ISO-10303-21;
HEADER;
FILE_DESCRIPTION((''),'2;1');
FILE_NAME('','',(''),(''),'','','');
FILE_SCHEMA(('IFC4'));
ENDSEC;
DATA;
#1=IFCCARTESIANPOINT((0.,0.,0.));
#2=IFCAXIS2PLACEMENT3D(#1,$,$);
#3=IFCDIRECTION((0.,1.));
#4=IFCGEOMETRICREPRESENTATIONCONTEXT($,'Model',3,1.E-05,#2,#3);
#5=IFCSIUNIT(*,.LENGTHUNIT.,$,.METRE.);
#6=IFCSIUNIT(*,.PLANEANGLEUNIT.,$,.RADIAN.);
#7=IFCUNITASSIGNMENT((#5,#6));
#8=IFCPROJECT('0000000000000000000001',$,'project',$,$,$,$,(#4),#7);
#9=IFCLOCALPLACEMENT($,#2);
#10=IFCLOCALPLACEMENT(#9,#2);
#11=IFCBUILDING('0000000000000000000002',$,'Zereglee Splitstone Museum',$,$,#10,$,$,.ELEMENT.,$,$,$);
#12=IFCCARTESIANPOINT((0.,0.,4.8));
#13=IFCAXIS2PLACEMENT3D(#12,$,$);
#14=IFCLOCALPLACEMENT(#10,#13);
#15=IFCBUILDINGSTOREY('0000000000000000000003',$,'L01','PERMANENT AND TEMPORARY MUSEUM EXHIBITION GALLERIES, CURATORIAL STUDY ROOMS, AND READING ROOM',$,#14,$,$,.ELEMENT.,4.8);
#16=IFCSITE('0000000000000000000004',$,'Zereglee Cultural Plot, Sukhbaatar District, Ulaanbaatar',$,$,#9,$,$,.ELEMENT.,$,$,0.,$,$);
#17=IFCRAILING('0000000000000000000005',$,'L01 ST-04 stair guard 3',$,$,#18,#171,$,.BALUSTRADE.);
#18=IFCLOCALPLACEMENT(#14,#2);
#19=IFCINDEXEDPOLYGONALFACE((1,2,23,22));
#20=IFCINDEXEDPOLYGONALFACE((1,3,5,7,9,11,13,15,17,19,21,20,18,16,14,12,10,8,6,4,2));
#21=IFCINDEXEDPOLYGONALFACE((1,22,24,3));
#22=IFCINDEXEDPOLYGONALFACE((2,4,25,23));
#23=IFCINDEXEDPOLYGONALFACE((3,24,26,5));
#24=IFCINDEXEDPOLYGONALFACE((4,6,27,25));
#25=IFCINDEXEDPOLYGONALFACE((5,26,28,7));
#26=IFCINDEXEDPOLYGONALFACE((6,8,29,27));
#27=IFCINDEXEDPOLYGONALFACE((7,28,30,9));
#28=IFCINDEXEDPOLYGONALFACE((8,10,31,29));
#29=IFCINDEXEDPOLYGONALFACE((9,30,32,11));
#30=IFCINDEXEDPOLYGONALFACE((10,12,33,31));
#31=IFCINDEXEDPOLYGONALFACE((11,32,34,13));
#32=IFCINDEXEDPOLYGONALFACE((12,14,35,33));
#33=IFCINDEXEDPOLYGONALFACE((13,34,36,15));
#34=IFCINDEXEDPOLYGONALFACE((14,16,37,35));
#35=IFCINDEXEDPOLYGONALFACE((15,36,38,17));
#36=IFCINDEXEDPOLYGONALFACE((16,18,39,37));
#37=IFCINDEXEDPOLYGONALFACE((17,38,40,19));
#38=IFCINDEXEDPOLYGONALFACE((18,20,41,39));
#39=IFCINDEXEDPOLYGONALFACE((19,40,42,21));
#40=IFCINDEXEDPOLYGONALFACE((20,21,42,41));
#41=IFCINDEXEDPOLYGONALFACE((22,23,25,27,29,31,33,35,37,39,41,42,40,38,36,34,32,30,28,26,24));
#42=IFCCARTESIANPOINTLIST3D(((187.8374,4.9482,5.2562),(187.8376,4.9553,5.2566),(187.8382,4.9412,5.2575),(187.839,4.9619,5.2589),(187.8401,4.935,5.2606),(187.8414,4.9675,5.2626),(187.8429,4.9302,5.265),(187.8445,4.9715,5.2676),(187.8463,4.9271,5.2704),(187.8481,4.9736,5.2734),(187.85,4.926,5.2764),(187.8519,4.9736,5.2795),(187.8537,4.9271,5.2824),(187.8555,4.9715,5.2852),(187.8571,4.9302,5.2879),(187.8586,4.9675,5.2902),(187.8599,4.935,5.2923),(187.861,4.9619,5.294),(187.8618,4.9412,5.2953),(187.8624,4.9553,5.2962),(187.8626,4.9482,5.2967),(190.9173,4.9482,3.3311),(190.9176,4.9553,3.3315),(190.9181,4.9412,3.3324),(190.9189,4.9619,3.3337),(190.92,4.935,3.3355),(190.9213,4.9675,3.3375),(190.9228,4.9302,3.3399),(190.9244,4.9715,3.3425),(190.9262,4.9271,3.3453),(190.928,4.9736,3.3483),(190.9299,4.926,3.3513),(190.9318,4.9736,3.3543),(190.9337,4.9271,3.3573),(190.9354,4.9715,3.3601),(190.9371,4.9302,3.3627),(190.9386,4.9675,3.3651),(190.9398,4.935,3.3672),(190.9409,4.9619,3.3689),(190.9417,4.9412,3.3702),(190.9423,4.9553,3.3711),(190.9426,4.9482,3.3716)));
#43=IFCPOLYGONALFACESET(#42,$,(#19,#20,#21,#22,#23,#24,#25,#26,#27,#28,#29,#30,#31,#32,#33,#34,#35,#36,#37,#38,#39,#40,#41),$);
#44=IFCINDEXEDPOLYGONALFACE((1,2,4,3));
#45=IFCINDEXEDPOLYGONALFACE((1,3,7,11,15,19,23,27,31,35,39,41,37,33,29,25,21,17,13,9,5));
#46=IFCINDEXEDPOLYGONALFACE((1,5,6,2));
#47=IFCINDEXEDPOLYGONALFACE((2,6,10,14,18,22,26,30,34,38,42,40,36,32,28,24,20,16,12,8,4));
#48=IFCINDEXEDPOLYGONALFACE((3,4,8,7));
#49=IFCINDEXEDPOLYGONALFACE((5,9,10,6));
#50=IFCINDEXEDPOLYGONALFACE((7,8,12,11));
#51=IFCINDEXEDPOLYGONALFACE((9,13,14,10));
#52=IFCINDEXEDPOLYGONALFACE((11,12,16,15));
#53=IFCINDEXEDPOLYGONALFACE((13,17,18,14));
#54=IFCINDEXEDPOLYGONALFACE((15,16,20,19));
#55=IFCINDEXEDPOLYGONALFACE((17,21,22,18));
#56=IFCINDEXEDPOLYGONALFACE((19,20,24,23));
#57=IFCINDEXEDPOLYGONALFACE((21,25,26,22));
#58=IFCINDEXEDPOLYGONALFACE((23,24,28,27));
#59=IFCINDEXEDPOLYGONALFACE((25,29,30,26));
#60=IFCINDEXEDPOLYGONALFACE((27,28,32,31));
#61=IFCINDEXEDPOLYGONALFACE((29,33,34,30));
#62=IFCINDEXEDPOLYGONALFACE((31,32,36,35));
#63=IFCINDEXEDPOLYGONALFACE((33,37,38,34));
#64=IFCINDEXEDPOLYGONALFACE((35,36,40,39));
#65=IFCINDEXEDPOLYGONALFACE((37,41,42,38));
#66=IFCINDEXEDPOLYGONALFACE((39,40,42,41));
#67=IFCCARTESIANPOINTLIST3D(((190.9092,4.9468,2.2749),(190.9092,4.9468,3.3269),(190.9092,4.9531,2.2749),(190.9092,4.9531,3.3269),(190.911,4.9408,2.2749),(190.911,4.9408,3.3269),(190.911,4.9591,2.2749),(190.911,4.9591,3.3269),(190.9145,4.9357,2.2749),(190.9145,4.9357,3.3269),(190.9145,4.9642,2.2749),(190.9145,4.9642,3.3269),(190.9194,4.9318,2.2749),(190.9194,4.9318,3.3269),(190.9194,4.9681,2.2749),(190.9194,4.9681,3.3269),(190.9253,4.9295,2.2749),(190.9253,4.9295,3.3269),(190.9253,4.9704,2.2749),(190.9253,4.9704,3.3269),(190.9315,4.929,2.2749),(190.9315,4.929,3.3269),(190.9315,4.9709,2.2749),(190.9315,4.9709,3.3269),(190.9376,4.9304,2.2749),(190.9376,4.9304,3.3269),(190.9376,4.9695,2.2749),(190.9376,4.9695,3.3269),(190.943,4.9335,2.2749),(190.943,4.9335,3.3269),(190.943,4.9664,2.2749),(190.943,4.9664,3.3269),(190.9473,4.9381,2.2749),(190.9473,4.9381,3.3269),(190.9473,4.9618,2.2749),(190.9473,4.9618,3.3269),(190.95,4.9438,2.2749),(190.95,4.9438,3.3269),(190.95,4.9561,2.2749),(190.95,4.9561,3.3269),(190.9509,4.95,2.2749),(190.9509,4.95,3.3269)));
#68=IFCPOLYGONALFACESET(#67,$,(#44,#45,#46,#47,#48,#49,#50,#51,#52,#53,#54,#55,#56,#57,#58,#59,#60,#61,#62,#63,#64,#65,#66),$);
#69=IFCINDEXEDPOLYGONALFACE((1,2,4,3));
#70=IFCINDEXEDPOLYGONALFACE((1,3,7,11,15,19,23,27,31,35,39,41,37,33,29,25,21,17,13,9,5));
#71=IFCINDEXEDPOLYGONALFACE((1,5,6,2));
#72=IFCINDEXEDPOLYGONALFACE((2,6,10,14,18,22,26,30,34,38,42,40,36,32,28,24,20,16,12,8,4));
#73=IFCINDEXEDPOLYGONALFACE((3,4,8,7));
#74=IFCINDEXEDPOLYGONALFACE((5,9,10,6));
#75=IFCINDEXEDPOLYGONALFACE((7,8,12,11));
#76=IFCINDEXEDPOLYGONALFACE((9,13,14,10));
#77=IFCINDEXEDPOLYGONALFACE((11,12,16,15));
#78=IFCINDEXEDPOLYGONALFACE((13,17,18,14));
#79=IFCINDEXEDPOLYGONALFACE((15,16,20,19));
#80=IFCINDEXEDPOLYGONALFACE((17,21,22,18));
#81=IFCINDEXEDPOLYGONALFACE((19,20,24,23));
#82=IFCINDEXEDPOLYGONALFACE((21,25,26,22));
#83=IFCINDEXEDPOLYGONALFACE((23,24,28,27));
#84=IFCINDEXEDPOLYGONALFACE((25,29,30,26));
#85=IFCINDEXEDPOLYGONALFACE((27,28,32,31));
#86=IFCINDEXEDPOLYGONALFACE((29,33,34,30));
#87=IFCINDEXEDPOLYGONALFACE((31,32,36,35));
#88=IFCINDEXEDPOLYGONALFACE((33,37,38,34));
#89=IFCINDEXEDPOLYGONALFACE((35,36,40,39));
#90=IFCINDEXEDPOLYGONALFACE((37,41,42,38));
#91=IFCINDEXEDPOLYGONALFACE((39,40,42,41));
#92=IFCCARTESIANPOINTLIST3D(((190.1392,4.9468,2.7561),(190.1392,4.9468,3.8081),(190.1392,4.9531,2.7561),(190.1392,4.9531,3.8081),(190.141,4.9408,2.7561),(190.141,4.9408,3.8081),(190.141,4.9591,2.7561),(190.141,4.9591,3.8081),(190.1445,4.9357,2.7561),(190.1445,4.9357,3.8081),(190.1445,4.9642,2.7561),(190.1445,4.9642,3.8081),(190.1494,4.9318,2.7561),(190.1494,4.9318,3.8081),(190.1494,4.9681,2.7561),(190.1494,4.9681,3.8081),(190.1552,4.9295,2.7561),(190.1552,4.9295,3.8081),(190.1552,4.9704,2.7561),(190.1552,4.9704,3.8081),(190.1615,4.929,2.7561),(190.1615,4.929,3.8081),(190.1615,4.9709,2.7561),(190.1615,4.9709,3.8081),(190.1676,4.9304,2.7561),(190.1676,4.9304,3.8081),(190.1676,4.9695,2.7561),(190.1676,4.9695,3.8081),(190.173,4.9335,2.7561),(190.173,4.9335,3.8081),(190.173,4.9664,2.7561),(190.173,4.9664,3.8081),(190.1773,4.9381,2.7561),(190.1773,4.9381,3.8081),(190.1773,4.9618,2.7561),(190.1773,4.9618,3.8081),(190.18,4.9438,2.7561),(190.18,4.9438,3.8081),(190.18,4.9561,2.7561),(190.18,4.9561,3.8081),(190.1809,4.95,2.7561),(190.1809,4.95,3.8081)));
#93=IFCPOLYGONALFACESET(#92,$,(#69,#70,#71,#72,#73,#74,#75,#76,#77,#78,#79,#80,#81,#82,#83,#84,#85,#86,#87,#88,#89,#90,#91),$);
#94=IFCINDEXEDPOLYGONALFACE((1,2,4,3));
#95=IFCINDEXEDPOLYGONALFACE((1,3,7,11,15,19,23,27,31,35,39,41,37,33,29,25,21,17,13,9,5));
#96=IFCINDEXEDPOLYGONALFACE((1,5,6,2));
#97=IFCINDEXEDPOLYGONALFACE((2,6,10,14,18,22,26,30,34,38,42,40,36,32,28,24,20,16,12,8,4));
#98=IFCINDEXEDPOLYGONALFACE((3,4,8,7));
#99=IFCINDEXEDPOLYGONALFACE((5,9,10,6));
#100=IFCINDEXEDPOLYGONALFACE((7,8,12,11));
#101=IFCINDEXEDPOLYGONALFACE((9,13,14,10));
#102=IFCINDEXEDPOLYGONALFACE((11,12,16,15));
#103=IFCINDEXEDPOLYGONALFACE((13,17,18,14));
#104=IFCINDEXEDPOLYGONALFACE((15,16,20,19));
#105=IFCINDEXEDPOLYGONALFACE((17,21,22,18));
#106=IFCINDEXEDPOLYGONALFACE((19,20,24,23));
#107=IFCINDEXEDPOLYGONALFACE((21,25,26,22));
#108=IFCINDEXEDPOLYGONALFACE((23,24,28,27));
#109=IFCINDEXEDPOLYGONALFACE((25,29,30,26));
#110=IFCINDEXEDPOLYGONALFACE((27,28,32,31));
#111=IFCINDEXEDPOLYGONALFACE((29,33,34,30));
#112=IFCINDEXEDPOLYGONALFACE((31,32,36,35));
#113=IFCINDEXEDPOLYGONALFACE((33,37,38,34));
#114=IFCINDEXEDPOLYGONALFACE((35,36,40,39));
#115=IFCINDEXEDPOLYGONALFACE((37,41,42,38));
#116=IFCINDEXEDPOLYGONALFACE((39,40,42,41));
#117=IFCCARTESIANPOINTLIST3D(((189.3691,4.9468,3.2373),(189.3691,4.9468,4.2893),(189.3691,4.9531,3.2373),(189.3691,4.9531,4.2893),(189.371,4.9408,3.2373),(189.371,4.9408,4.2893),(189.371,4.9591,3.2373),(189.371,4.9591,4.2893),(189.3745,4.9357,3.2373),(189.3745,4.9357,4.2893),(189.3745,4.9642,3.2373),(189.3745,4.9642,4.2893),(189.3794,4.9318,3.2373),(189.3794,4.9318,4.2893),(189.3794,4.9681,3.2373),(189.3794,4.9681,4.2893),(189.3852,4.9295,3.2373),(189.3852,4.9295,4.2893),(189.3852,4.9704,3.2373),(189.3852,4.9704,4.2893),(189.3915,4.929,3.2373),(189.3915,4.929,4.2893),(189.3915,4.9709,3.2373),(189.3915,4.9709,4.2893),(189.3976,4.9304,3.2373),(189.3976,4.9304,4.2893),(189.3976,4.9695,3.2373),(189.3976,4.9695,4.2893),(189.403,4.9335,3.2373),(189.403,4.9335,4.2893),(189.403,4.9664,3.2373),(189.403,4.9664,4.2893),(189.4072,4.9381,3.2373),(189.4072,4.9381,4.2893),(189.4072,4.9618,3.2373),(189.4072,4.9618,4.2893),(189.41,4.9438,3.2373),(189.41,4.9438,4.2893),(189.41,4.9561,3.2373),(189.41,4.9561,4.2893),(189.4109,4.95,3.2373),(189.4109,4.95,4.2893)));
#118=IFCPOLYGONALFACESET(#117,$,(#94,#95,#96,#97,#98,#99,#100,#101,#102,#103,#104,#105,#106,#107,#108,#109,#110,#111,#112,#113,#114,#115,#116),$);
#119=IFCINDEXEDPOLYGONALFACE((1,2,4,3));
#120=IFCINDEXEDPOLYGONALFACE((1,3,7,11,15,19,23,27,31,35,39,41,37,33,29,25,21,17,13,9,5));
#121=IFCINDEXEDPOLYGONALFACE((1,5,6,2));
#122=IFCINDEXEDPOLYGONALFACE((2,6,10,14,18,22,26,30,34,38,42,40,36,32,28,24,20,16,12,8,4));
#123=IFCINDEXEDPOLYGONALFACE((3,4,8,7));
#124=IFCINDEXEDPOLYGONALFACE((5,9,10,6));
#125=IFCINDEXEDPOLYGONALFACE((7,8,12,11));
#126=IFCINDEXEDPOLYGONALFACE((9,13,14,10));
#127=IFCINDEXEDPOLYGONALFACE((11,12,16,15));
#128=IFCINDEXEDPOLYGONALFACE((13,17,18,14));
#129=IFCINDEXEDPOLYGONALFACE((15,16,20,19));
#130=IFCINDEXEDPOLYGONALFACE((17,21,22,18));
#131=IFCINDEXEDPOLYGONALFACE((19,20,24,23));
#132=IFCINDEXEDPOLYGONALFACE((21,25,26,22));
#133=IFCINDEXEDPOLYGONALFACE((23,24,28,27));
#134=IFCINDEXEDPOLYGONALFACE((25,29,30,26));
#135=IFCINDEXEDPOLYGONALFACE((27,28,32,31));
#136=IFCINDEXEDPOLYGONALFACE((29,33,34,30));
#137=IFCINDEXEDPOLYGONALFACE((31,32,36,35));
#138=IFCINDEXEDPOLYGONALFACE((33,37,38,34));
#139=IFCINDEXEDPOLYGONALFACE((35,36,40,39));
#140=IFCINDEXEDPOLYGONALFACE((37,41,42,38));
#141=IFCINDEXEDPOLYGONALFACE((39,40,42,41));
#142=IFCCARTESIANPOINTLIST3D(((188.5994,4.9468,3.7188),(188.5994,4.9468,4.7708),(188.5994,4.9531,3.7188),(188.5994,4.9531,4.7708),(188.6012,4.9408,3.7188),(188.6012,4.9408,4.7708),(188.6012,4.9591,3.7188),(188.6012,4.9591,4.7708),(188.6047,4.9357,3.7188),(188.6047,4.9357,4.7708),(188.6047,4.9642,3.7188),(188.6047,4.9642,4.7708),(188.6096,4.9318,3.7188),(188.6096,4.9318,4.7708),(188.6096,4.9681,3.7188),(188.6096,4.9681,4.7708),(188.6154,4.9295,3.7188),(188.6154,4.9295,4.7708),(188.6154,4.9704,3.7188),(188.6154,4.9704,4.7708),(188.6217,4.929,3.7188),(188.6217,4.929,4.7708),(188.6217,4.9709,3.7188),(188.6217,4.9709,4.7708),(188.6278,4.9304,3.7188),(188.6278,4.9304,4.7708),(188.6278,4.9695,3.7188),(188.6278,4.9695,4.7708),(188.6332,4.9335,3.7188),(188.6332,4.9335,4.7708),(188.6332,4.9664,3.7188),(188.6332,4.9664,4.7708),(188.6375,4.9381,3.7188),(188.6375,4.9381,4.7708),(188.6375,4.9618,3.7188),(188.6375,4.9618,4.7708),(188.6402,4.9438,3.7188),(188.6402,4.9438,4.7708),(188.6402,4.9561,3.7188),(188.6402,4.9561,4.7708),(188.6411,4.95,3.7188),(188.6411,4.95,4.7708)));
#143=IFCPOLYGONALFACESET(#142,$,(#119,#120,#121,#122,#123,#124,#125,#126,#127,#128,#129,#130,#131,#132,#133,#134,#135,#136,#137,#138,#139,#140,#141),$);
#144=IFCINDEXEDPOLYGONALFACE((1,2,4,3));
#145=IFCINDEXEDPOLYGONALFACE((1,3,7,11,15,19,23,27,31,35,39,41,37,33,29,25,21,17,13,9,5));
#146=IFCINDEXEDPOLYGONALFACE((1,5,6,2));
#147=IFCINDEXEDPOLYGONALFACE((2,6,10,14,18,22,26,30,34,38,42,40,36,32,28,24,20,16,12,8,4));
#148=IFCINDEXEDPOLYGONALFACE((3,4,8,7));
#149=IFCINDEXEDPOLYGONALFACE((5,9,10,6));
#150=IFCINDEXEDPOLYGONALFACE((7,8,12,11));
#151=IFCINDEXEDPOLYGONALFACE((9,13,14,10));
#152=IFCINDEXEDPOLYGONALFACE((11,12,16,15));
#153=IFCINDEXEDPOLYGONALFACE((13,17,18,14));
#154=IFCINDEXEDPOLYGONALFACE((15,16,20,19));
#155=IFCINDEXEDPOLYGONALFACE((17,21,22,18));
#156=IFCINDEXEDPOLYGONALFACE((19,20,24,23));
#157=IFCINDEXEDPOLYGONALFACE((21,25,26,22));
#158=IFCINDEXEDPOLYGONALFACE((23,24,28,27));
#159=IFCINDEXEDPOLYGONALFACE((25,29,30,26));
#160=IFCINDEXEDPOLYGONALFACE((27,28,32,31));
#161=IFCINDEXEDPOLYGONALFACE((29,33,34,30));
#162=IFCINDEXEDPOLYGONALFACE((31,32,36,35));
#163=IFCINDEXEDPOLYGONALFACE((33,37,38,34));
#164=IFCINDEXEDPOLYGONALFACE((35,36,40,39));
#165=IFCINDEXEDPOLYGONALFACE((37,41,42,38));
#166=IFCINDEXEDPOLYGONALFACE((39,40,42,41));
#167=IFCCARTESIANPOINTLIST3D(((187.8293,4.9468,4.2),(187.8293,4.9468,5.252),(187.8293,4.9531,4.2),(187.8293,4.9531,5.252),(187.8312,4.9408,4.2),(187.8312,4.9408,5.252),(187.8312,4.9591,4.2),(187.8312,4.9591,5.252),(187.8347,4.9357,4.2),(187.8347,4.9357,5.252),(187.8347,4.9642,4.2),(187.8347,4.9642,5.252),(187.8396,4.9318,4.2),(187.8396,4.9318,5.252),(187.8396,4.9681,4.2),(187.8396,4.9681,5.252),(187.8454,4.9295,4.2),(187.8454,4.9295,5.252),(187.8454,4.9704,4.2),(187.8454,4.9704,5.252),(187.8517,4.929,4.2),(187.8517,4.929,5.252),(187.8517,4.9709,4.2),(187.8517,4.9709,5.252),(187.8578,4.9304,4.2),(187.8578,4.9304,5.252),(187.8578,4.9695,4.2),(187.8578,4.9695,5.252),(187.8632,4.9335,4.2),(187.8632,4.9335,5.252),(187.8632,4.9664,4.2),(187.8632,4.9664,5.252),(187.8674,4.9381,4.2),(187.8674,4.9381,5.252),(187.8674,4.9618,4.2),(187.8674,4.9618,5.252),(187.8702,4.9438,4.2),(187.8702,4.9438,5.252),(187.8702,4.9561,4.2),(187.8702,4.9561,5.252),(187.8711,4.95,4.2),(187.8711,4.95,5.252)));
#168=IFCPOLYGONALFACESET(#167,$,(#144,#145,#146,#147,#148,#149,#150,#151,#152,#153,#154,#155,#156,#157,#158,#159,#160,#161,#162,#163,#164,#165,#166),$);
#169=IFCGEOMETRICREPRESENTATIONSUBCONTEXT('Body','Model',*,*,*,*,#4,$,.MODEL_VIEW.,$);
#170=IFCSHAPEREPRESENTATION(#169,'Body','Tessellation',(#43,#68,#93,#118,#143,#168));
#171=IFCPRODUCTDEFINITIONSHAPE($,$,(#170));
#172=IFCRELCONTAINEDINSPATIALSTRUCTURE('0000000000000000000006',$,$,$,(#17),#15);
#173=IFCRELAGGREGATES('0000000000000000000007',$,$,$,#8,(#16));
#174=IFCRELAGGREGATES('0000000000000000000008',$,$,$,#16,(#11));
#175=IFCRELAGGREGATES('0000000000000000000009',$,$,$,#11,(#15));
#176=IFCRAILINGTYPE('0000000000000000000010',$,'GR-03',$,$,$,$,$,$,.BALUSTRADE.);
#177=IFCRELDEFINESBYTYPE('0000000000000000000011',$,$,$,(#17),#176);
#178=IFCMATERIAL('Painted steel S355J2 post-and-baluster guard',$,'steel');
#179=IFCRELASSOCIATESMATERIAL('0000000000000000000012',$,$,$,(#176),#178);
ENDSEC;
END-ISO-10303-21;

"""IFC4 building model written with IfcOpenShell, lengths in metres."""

from ifc_helpers import new_model, si_unit, direction, frame, origin, origin_2d, place, context, subcontext, project, spatial, circle, extrude, material, type_object, element, save


model = new_model("IFC4")

# Units and contexts
model_context = context("Model", 3, precision=1e-05, world=origin(), true_north=direction((0.0, 1.0)))
body_context = subcontext(model_context, "Body", "Model", "MODEL_VIEW")
ifc_project = project(units=[si_unit("LENGTHUNIT", "METRE"), si_unit("PLANEANGLEUNIT", "RADIAN")], contexts=[model_context])

# Site, building, storey
site_placement = place(None, origin())
site = spatial("IfcSite", under=ifc_project, at=site_placement, Name="Zereglee Cultural Plot, Sukhbaatar District, Ulaanbaatar", CompositionType="ELEMENT", RefElevation=0.0)
building_placement = place(site_placement, origin())
building = spatial("IfcBuilding", under=site, at=building_placement, Name="Zereglee Splitstone Museum", CompositionType="ELEMENT")
storey_placement = place(building_placement, frame((0.0, 0.0, 4.8)))
storey = spatial("IfcBuildingStorey", under=building, at=storey_placement, Name="L01", Description="PERMANENT AND TEMPORARY MUSEUM EXHIBITION GALLERIES, CURATORIAL STUDY ROOMS, AND READING ROOM", CompositionType="ELEMENT", Elevation=4.8)

# Railing
ifc_material_1 = material(Name="Painted steel S355J2 post-and-baluster guard", Category="steel")
railing_type_1 = type_object("IfcRailingType", Name="GR-03", PredefinedType="BALUSTRADE", material=ifc_material_1)
railing_1_placement = place(storey_placement, frame((190.9299, 4.95, 2.2749)))
element("IfcRailing", 1, at=railing_1_placement, inside=storey, type_object=railing_type_1, Name="L01 ST-04 stair guard 3", PredefinedType="BALUSTRADE", context=body_context, shape_type="SweptSolid", body=[
    extrude(circle(Radius=0.0239, at=origin_2d()), frame((0.0, 0.0, 1.0764), z_axis=(-0.847979, 0.0, 0.530029), x_axis=(0.0, -1.0, 0.0)), (0.0, 0.0, 1.0), 3.6321),
    extrude(circle(Radius=0.021, at=origin_2d()), origin(), (0.0, 0.0, 1.0), 1.052),
    extrude(circle(Radius=0.021, at=origin_2d()), frame((-0.77, 0.0, 0.4812)), (0.0, 0.0, 1.0), 1.052),
    extrude(circle(Radius=0.021, at=origin_2d()), frame((-1.54, 0.0, 0.9624)), (0.0, 0.0, 1.0), 1.052),
    extrude(circle(Radius=0.021, at=origin_2d()), frame((-2.3098, 0.0, 1.4438)), (0.0, 0.0, 1.0), 1.052),
    extrude(circle(Radius=0.021, at=origin_2d()), frame((-3.0798, 0.0, 1.925)), (0.0, 0.0, 1.0), 1.052),
])

save(model, "model.ifc")
